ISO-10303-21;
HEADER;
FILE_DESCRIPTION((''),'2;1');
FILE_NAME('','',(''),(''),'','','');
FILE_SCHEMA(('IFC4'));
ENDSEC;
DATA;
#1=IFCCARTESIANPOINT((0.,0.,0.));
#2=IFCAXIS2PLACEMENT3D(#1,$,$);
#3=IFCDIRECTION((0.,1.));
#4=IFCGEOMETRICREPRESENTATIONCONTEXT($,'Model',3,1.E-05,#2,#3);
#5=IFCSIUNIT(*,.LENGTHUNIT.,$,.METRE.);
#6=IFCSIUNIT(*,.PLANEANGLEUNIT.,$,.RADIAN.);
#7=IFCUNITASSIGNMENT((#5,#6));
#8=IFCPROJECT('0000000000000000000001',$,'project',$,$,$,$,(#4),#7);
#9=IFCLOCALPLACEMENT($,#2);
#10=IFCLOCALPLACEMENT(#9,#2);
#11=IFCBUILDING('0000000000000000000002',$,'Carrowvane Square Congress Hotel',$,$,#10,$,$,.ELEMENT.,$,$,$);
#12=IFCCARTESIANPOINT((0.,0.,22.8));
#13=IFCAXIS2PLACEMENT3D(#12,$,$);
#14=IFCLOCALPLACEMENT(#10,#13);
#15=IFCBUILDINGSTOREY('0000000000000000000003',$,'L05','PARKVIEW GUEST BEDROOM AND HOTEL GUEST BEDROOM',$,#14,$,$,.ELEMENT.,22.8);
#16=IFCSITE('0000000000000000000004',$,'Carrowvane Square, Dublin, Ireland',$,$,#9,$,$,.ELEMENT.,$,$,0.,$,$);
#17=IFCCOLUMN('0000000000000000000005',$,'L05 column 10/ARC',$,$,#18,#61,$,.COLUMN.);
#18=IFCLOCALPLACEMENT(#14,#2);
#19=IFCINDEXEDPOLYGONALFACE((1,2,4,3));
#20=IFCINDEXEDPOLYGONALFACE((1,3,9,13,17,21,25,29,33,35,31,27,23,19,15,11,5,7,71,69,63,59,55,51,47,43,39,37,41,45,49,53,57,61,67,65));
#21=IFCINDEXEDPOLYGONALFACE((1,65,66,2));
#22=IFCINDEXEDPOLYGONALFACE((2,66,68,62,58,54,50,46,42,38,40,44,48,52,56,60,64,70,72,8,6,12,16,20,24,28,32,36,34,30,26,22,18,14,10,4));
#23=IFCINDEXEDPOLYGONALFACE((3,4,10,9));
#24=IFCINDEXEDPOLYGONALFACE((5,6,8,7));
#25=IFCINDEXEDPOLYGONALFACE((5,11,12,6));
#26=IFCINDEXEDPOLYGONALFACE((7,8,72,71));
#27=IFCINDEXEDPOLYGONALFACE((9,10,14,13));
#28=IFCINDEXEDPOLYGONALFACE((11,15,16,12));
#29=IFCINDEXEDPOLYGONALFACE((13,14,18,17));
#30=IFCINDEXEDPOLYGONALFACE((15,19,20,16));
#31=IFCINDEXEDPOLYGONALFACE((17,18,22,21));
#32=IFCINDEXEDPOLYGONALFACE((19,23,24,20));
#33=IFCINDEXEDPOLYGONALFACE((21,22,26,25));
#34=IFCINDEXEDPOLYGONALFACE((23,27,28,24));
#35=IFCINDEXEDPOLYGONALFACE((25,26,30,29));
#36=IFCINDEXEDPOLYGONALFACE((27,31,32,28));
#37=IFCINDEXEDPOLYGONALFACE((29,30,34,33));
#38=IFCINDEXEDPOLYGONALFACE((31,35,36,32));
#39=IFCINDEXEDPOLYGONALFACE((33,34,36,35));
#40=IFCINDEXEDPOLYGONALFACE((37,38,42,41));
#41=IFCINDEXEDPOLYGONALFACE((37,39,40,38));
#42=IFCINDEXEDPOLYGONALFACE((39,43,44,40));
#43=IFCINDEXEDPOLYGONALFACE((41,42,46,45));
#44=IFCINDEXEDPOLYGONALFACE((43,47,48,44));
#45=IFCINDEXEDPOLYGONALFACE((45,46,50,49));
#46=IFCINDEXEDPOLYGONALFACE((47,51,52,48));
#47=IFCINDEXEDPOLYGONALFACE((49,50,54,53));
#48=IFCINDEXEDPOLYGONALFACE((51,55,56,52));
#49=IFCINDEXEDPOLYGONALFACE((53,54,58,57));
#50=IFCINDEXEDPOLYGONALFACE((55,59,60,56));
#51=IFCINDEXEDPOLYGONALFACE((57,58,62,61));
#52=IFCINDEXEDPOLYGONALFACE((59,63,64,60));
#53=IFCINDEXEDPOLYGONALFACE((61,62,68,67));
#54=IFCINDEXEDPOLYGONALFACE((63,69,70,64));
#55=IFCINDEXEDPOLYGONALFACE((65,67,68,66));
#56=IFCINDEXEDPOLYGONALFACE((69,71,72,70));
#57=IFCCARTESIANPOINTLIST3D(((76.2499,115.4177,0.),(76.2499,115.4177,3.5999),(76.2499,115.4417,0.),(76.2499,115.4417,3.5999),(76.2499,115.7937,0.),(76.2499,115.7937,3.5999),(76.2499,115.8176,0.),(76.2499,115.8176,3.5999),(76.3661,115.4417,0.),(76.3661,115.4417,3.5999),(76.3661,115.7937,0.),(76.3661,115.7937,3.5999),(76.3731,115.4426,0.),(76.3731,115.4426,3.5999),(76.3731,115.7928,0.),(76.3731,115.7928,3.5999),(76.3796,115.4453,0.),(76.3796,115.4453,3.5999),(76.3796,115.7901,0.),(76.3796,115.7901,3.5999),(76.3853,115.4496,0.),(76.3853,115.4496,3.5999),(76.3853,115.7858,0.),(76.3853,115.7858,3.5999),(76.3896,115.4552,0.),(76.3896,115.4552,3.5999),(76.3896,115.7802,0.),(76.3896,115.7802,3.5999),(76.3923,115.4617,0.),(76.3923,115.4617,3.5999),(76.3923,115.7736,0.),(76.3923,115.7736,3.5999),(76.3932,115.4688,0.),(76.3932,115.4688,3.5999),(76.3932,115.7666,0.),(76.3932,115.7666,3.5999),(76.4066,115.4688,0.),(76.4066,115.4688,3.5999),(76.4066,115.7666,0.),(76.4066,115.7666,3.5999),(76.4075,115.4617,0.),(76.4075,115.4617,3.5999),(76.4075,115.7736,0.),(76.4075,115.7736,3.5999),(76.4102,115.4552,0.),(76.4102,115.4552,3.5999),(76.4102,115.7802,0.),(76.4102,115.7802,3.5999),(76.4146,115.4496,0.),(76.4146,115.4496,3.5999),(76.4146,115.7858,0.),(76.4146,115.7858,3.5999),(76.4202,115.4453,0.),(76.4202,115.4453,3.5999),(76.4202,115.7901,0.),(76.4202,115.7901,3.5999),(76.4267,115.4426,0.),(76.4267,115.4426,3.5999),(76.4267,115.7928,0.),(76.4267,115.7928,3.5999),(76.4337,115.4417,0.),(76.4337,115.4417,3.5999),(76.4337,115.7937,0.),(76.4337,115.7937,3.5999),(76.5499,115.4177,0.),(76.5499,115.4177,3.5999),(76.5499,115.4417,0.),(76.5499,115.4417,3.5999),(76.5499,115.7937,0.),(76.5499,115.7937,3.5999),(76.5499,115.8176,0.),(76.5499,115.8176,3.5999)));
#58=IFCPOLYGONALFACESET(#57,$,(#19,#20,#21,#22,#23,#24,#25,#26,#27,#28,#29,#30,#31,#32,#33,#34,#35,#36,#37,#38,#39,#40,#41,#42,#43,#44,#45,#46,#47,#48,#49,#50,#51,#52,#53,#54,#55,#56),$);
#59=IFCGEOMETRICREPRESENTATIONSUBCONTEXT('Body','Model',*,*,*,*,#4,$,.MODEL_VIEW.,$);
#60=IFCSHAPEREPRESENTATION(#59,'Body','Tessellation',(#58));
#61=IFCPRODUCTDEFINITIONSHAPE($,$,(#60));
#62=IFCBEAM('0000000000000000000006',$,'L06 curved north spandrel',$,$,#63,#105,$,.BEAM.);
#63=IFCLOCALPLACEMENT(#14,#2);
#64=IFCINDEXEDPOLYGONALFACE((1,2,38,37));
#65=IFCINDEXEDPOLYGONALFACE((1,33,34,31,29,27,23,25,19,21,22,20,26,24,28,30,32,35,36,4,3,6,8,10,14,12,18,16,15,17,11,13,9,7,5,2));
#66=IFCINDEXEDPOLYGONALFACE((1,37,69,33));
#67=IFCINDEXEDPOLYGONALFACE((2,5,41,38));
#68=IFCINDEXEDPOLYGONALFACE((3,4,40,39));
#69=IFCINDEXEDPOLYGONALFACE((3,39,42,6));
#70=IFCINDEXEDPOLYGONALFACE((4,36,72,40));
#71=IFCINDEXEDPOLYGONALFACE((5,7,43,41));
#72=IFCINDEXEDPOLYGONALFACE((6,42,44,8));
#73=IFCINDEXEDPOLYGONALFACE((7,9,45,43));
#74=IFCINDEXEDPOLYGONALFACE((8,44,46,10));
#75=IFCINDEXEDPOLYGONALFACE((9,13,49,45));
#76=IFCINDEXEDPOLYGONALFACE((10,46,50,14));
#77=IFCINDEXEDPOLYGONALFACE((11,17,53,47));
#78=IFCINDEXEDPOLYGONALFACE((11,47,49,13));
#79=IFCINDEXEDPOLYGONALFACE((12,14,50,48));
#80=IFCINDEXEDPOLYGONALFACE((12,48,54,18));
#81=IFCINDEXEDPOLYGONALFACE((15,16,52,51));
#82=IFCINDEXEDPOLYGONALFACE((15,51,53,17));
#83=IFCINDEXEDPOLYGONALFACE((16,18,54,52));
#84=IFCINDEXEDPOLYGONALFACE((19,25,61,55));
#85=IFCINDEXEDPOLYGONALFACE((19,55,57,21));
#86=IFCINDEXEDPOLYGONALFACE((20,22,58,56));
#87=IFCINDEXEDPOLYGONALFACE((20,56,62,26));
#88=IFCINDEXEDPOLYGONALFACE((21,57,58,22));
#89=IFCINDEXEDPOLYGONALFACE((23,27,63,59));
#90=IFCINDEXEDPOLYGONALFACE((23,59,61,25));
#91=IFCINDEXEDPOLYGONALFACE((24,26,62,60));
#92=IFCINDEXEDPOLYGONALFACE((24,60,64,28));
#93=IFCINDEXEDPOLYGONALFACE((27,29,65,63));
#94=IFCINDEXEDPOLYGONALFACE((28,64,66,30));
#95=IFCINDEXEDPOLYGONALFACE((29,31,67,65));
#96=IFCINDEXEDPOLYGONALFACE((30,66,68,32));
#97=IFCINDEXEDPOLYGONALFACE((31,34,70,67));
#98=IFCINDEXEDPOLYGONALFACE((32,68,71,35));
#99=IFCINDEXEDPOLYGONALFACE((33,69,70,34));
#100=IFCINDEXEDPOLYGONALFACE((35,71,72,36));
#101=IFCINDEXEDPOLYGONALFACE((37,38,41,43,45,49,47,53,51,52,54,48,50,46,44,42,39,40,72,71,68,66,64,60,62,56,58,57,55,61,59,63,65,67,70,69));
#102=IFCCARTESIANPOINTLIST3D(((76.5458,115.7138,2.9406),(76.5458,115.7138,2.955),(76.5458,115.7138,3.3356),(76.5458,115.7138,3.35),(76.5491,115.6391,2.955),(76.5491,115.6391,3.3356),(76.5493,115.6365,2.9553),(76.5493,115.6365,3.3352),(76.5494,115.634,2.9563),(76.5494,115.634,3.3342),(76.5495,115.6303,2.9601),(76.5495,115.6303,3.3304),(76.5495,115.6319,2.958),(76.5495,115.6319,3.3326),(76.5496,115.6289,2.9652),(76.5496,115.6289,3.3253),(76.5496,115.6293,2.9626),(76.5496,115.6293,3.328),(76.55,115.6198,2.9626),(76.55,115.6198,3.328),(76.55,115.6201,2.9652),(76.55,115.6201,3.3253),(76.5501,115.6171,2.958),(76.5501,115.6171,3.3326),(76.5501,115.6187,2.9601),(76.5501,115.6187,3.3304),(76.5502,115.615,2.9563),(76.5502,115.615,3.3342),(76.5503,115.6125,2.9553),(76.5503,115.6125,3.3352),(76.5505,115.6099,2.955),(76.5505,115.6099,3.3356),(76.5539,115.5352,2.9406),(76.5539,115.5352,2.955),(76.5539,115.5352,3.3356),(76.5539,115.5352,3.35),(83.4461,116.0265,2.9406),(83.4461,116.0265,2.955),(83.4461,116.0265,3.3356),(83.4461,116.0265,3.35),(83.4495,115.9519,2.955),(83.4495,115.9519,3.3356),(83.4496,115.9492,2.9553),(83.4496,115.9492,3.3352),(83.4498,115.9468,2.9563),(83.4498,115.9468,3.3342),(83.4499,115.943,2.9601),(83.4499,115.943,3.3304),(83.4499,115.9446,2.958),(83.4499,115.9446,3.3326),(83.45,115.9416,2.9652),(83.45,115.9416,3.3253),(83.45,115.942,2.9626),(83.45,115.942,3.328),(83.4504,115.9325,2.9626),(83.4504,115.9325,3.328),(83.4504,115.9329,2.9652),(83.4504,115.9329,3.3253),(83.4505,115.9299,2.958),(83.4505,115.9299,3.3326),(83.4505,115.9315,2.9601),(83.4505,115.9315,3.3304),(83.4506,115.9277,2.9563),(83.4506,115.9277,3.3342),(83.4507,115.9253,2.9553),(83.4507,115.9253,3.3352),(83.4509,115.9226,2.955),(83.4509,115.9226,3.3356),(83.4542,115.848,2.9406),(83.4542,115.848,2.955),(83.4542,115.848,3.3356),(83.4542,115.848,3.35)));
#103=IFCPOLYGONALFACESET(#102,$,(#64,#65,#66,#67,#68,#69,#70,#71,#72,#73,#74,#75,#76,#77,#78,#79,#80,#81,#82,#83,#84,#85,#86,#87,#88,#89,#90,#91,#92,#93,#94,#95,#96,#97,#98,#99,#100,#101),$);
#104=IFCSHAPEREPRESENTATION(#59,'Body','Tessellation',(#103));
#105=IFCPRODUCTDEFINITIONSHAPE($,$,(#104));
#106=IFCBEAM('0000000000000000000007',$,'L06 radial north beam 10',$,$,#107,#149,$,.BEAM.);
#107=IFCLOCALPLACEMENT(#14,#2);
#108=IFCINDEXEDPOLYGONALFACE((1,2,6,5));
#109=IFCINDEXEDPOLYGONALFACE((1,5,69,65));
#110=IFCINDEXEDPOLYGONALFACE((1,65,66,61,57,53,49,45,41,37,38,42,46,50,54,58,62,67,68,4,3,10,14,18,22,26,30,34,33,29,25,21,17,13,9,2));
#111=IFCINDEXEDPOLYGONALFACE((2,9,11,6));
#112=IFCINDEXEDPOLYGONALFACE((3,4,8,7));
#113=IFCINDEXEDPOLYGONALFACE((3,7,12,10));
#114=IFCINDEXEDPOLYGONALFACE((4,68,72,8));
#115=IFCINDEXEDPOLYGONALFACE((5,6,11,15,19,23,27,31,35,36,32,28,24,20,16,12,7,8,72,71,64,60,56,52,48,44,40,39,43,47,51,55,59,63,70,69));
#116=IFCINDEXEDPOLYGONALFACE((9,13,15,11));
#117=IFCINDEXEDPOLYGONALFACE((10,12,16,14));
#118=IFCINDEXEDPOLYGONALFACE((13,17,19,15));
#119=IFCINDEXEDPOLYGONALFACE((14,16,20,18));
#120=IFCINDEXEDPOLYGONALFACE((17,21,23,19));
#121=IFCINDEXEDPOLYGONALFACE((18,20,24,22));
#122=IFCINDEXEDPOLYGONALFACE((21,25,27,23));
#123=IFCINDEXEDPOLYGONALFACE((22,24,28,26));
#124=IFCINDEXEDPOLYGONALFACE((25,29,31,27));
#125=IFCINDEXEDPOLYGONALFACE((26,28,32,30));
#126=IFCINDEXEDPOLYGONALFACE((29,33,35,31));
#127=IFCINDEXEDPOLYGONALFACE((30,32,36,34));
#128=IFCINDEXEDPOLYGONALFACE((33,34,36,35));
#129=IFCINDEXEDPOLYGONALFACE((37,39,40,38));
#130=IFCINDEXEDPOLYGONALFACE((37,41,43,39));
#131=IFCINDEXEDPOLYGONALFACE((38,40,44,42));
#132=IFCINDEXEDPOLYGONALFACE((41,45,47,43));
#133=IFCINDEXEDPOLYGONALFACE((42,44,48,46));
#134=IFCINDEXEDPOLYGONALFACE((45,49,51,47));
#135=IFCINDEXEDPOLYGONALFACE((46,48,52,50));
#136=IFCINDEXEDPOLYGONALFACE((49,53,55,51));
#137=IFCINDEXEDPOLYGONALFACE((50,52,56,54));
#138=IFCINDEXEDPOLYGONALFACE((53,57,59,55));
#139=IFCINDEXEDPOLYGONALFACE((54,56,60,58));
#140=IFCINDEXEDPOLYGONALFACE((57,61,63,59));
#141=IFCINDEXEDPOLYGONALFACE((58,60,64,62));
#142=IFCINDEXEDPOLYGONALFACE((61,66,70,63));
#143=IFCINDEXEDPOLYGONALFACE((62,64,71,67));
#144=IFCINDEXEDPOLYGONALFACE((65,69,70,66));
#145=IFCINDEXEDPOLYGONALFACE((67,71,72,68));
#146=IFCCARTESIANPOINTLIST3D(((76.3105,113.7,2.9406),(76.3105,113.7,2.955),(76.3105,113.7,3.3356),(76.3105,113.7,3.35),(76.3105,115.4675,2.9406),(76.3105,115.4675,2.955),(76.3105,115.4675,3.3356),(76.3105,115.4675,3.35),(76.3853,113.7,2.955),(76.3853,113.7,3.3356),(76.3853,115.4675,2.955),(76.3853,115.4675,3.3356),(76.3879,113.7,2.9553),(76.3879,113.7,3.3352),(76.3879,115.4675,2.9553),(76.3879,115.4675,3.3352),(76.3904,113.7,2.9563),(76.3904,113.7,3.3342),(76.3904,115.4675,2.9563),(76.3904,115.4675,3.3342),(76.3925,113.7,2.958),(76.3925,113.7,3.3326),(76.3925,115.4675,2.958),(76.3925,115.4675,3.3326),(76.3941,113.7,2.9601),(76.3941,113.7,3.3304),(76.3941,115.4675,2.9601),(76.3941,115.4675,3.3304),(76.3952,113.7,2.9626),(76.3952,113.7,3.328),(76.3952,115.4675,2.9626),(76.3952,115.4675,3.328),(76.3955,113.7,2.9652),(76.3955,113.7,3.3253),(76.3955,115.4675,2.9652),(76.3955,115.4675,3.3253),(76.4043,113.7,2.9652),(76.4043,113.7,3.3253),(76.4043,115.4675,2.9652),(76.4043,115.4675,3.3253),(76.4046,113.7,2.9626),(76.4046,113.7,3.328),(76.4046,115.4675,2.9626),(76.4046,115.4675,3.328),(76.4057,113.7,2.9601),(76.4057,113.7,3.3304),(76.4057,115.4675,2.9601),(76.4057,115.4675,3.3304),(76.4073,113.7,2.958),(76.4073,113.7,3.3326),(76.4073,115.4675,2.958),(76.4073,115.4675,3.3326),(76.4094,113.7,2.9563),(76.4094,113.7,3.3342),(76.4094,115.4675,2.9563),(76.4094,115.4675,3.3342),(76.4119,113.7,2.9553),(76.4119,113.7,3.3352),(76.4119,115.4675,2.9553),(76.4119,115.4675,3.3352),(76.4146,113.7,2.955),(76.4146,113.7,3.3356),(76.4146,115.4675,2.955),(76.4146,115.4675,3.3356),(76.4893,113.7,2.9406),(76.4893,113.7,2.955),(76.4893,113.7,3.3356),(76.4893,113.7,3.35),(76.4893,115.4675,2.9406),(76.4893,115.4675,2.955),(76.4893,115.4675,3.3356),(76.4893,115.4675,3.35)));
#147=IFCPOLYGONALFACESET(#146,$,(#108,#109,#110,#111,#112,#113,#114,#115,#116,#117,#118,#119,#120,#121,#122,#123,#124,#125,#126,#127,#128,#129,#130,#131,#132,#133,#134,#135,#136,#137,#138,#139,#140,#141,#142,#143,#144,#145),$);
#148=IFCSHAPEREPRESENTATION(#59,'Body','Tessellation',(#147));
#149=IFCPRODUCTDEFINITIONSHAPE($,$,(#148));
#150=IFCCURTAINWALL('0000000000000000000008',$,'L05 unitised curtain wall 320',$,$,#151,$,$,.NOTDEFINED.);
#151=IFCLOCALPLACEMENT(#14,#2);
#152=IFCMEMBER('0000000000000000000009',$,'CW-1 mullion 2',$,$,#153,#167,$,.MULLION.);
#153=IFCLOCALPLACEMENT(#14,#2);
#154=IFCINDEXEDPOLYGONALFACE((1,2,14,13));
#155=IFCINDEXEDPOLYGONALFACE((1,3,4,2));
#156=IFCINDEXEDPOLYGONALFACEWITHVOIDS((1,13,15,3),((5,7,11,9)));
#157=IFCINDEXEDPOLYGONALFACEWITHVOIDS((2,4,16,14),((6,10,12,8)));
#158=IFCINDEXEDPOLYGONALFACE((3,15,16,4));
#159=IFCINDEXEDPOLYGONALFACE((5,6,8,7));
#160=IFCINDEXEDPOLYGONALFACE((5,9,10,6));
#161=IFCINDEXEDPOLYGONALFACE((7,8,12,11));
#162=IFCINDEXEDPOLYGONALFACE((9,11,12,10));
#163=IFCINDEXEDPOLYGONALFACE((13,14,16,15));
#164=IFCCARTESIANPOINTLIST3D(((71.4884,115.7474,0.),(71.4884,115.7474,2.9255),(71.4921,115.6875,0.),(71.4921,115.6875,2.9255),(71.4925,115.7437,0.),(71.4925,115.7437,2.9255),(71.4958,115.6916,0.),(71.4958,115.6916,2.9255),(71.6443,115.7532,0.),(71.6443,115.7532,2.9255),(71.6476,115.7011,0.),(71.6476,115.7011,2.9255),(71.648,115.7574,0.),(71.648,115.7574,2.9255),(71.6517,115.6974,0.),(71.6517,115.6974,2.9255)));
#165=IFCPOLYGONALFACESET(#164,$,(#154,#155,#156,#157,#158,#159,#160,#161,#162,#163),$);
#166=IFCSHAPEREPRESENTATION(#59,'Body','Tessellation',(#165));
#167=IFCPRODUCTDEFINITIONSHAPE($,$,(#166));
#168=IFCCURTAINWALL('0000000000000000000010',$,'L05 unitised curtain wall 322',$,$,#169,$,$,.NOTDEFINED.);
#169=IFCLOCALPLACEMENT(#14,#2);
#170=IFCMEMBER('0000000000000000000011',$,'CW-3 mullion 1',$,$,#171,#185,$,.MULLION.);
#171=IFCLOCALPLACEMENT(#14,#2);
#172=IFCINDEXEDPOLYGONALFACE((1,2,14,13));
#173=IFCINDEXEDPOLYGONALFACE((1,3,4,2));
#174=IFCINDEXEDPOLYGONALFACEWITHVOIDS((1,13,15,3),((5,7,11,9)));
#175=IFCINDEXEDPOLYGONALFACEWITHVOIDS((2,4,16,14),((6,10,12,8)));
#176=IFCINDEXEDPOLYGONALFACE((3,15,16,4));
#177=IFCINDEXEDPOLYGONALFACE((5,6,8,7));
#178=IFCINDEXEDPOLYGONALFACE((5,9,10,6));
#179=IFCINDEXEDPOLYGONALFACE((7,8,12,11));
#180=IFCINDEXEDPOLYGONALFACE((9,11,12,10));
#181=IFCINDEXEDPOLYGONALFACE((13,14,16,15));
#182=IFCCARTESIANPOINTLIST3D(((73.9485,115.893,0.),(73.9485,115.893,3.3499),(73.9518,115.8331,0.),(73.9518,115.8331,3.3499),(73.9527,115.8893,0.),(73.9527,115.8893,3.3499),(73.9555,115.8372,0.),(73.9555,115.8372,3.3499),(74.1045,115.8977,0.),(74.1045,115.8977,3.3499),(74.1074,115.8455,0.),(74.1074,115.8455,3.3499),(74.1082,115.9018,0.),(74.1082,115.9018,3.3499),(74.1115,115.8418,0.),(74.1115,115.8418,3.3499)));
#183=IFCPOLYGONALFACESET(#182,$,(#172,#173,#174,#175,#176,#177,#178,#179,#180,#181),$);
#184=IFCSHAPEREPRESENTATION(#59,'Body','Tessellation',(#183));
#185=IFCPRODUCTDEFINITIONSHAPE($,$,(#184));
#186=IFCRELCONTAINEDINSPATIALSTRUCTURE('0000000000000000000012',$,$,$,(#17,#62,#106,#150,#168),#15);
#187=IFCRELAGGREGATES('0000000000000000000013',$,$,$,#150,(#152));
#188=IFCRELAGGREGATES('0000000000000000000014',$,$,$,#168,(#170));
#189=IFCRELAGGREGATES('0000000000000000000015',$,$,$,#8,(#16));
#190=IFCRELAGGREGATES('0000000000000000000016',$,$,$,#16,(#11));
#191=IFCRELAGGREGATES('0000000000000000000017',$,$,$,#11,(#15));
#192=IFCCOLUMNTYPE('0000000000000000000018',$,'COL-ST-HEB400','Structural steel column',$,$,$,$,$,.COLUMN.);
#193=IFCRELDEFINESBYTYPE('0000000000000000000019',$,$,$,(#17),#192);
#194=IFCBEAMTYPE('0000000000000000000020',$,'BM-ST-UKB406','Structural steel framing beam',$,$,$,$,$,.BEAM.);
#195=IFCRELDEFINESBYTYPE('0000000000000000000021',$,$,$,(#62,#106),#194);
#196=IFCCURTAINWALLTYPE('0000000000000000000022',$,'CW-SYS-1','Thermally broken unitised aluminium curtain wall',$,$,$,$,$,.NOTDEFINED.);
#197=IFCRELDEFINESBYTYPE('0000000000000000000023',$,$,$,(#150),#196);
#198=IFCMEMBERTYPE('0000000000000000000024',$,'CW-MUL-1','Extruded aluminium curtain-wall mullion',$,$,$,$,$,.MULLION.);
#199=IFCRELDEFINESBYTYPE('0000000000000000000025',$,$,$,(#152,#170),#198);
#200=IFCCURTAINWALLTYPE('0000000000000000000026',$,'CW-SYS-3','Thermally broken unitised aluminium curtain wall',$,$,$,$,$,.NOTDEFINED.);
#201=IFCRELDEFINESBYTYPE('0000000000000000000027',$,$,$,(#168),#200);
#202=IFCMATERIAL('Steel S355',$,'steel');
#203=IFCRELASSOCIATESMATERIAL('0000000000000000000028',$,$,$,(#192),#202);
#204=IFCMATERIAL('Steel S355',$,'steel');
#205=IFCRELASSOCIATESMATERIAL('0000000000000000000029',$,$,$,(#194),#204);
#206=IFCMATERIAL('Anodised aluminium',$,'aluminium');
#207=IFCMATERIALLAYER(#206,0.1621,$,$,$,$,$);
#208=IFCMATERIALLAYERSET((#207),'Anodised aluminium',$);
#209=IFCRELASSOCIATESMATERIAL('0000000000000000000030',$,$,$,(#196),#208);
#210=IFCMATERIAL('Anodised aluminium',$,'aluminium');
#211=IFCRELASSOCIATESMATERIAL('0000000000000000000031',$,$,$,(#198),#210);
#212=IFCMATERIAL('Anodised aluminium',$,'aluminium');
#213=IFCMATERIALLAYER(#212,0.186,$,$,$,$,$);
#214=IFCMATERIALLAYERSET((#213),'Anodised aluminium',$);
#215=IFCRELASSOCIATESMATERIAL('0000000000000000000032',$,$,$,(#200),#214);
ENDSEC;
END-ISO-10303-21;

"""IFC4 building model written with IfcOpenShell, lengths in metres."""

from ifc_helpers import new_model, si_unit, direction, frame, origin, origin_2d, place, context, subcontext, project, spatial, hollow_rectangle, i_section, extrude, material, layer, layer_set, material_profile, profile_set, type_object, element, aggregate, save


model = new_model("IFC4")

# Units and contexts
model_context = context("Model", 3, precision=1e-05, world=origin(), true_north=direction((0.0, 1.0)))
body_context = subcontext(model_context, "Body", "Model", "MODEL_VIEW")
ifc_project = project(units=[si_unit("LENGTHUNIT", "METRE"), si_unit("PLANEANGLEUNIT", "RADIAN")], contexts=[model_context])

# Site, building, storey
site_placement = place(None, origin())
site = spatial("IfcSite", under=ifc_project, at=site_placement, Name="Carrowvane Square, Dublin, Ireland", CompositionType="ELEMENT", RefElevation=0.0)
building_placement = place(site_placement, origin())
building = spatial("IfcBuilding", under=site, at=building_placement, Name="Carrowvane Square Congress Hotel", CompositionType="ELEMENT")
storey_placement = place(building_placement, frame((0.0, 0.0, 22.8)))
storey = spatial("IfcBuildingStorey", under=building, at=storey_placement, Name="L05", Description="PARKVIEW GUEST BEDROOM AND HOTEL GUEST BEDROOM", CompositionType="ELEMENT", Elevation=22.8)

# Column
ifc_material_1 = material(Name="Steel S355", Category="steel")
ifc_material_profile_1 = material_profile(ifc_material_1, i_section(OverallWidth=0.3, OverallDepth=0.3999, WebThickness=0.0134, FlangeThickness=0.0239, FilletRadius=0.0271, at=origin_2d()), Name="HEB 400")
ifc_profile_set_1 = profile_set([ifc_material_profile_1], Name="Steel S355")
column_type = type_object("IfcColumnType", Name="COL-ST-HEB400", Description="Structural steel column", PredefinedType="COLUMN", material=ifc_profile_set_1)
column_placement = place(storey_placement, frame((76.3999, 115.6177, 0.0), z_axis=(0.0, 0.0, 1.0), x_axis=(1.0, 0.0, 0.0)))
element("IfcColumn", 1, at=column_placement, inside=storey, type_object=column_type, Name="L05 column 10/ARC", PredefinedType="COLUMN", context=body_context, shape_type="SweptSolid", body=[
    extrude(i_section(OverallWidth=0.3, OverallDepth=0.3999, WebThickness=0.0134, FlangeThickness=0.0239, FilletRadius=0.0271, at=origin_2d()), origin(), (0.0, 0.0, 1.0), 3.5999),
])

# Beams
ifc_material_2 = material(Name="Steel S355", Category="steel")
ifc_material_profile_2 = material_profile(ifc_material_2, i_section(OverallWidth=0.1787, OverallDepth=0.4094, WebThickness=0.0088, FlangeThickness=0.0144, FilletRadius=0.0103, at=origin_2d()), Name="UKB 406x178x67")
ifc_profile_set_2 = profile_set([ifc_material_profile_2], Name="Steel S355")
beam_type = type_object("IfcBeamType", Name="BM-ST-UKB406", Description="Structural steel framing beam", PredefinedType="BEAM", material=ifc_profile_set_2)
beam_1_placement = place(storey_placement, frame((76.5498, 115.6245, 3.1453), z_axis=(0.998975, 0.045276, 0.0), x_axis=(-0.045276, 0.998975, 0.0)))
element("IfcBeam", 2, at=beam_1_placement, inside=storey, type_object=beam_type, Name="L06 curved north spandrel", PredefinedType="BEAM", context=body_context, shape_type="SweptSolid", body=[
    extrude(i_section(OverallWidth=0.1787, OverallDepth=0.4094, WebThickness=0.0088, FlangeThickness=0.0144, FilletRadius=0.0103, at=origin_2d()), origin(), (0.0, 0.0, 1.0), 6.9075),
])
beam_2_placement = place(storey_placement, frame((76.3999, 113.7, 3.1453), z_axis=(0.0, 1.0, 0.0), x_axis=(-1.0, 0.0, 0.0)))
element("IfcBeam", 3, at=beam_2_placement, inside=storey, type_object=beam_type, Name="L06 radial north beam 10", PredefinedType="BEAM", context=body_context, shape_type="SweptSolid", body=[
    extrude(i_section(OverallWidth=0.1787, OverallDepth=0.4094, WebThickness=0.0088, FlangeThickness=0.0144, FilletRadius=0.0103, at=origin_2d()), origin(), (0.0, 0.0, 1.0), 1.7676),
])

# Curtain wall, member
ifc_material_3 = material(Name="Anodised aluminium", Category="aluminium")
ifc_layer_1 = layer(ifc_material_3, 0.1621)
ifc_layer_set_1 = layer_set([ifc_layer_1], Name="Anodised aluminium")
curtain_wall_type_1 = type_object("IfcCurtainWallType", Name="CW-SYS-1", Description="Thermally broken unitised aluminium curtain wall", PredefinedType="NOTDEFINED", material=ifc_layer_set_1)
curtain_wall_1_placement = place(storey_placement, origin())
curtain_wall_1 = element("IfcCurtainWall", 4, at=curtain_wall_1_placement, inside=storey, type_object=curtain_wall_type_1, Name="L05 unitised curtain wall 320", PredefinedType="NOTDEFINED")
ifc_material_4 = material(Name="Anodised aluminium", Category="aluminium")
ifc_material_profile_3 = material_profile(ifc_material_4, hollow_rectangle(XDim=0.0601, YDim=0.1599, WallThickness=0.0039, at=origin_2d()), Name="CW-ML 60x160x4")
ifc_profile_set_3 = profile_set([ifc_material_profile_3], Name="Anodised aluminium")
member_type_1 = type_object("IfcMemberType", Name="CW-MUL-1", Description="Extruded aluminium curtain-wall mullion", PredefinedType="MULLION", material=ifc_profile_set_3)
member_1_placement = place(storey_placement, frame((71.5701, 115.7224, 0.0), z_axis=(0.0, 0.0, 1.0), x_axis=(-0.062397, 0.998051, 0.0)))
member_1 = element("IfcMember", 5, at=member_1_placement, type_object=member_type_1, Name="CW-1 mullion 2", PredefinedType="MULLION", context=body_context, shape_type="SweptSolid", body=[
    extrude(hollow_rectangle(XDim=0.0601, YDim=0.1599, WallThickness=0.0039, at=origin_2d()), origin(), (0.0, 0.0, 1.0), 2.9255),
])

# Curtain wall, member
ifc_material_5 = material(Name="Anodised aluminium", Category="aluminium")
ifc_layer_2 = layer(ifc_material_5, 0.186)
ifc_layer_set_2 = layer_set([ifc_layer_2], Name="Anodised aluminium")
curtain_wall_type_2 = type_object("IfcCurtainWallType", Name="CW-SYS-3", Description="Thermally broken unitised aluminium curtain wall", PredefinedType="NOTDEFINED", material=ifc_layer_set_2)
curtain_wall_2_placement = place(storey_placement, origin())
curtain_wall_2 = element("IfcCurtainWall", 6, at=curtain_wall_2_placement, inside=storey, type_object=curtain_wall_type_2, Name="L05 unitised curtain wall 322", PredefinedType="NOTDEFINED")
member_2_placement = place(storey_placement, frame((74.03, 115.8674, 0.0), z_axis=(0.0, 0.0, 1.0), x_axis=(-0.054816, 0.998496, 0.0)))
member_2 = element("IfcMember", 7, at=member_2_placement, type_object=member_type_1, Name="CW-3 mullion 1", PredefinedType="MULLION", context=body_context, shape_type="SweptSolid", body=[
    extrude(hollow_rectangle(XDim=0.0601, YDim=0.1599, WallThickness=0.0039, at=origin_2d()), origin(), (0.0, 0.0, 1.0), 3.3499),
])

aggregate(curtain_wall_1, [member_1])
aggregate(curtain_wall_2, [member_2])

save(model, "model.ifc")
